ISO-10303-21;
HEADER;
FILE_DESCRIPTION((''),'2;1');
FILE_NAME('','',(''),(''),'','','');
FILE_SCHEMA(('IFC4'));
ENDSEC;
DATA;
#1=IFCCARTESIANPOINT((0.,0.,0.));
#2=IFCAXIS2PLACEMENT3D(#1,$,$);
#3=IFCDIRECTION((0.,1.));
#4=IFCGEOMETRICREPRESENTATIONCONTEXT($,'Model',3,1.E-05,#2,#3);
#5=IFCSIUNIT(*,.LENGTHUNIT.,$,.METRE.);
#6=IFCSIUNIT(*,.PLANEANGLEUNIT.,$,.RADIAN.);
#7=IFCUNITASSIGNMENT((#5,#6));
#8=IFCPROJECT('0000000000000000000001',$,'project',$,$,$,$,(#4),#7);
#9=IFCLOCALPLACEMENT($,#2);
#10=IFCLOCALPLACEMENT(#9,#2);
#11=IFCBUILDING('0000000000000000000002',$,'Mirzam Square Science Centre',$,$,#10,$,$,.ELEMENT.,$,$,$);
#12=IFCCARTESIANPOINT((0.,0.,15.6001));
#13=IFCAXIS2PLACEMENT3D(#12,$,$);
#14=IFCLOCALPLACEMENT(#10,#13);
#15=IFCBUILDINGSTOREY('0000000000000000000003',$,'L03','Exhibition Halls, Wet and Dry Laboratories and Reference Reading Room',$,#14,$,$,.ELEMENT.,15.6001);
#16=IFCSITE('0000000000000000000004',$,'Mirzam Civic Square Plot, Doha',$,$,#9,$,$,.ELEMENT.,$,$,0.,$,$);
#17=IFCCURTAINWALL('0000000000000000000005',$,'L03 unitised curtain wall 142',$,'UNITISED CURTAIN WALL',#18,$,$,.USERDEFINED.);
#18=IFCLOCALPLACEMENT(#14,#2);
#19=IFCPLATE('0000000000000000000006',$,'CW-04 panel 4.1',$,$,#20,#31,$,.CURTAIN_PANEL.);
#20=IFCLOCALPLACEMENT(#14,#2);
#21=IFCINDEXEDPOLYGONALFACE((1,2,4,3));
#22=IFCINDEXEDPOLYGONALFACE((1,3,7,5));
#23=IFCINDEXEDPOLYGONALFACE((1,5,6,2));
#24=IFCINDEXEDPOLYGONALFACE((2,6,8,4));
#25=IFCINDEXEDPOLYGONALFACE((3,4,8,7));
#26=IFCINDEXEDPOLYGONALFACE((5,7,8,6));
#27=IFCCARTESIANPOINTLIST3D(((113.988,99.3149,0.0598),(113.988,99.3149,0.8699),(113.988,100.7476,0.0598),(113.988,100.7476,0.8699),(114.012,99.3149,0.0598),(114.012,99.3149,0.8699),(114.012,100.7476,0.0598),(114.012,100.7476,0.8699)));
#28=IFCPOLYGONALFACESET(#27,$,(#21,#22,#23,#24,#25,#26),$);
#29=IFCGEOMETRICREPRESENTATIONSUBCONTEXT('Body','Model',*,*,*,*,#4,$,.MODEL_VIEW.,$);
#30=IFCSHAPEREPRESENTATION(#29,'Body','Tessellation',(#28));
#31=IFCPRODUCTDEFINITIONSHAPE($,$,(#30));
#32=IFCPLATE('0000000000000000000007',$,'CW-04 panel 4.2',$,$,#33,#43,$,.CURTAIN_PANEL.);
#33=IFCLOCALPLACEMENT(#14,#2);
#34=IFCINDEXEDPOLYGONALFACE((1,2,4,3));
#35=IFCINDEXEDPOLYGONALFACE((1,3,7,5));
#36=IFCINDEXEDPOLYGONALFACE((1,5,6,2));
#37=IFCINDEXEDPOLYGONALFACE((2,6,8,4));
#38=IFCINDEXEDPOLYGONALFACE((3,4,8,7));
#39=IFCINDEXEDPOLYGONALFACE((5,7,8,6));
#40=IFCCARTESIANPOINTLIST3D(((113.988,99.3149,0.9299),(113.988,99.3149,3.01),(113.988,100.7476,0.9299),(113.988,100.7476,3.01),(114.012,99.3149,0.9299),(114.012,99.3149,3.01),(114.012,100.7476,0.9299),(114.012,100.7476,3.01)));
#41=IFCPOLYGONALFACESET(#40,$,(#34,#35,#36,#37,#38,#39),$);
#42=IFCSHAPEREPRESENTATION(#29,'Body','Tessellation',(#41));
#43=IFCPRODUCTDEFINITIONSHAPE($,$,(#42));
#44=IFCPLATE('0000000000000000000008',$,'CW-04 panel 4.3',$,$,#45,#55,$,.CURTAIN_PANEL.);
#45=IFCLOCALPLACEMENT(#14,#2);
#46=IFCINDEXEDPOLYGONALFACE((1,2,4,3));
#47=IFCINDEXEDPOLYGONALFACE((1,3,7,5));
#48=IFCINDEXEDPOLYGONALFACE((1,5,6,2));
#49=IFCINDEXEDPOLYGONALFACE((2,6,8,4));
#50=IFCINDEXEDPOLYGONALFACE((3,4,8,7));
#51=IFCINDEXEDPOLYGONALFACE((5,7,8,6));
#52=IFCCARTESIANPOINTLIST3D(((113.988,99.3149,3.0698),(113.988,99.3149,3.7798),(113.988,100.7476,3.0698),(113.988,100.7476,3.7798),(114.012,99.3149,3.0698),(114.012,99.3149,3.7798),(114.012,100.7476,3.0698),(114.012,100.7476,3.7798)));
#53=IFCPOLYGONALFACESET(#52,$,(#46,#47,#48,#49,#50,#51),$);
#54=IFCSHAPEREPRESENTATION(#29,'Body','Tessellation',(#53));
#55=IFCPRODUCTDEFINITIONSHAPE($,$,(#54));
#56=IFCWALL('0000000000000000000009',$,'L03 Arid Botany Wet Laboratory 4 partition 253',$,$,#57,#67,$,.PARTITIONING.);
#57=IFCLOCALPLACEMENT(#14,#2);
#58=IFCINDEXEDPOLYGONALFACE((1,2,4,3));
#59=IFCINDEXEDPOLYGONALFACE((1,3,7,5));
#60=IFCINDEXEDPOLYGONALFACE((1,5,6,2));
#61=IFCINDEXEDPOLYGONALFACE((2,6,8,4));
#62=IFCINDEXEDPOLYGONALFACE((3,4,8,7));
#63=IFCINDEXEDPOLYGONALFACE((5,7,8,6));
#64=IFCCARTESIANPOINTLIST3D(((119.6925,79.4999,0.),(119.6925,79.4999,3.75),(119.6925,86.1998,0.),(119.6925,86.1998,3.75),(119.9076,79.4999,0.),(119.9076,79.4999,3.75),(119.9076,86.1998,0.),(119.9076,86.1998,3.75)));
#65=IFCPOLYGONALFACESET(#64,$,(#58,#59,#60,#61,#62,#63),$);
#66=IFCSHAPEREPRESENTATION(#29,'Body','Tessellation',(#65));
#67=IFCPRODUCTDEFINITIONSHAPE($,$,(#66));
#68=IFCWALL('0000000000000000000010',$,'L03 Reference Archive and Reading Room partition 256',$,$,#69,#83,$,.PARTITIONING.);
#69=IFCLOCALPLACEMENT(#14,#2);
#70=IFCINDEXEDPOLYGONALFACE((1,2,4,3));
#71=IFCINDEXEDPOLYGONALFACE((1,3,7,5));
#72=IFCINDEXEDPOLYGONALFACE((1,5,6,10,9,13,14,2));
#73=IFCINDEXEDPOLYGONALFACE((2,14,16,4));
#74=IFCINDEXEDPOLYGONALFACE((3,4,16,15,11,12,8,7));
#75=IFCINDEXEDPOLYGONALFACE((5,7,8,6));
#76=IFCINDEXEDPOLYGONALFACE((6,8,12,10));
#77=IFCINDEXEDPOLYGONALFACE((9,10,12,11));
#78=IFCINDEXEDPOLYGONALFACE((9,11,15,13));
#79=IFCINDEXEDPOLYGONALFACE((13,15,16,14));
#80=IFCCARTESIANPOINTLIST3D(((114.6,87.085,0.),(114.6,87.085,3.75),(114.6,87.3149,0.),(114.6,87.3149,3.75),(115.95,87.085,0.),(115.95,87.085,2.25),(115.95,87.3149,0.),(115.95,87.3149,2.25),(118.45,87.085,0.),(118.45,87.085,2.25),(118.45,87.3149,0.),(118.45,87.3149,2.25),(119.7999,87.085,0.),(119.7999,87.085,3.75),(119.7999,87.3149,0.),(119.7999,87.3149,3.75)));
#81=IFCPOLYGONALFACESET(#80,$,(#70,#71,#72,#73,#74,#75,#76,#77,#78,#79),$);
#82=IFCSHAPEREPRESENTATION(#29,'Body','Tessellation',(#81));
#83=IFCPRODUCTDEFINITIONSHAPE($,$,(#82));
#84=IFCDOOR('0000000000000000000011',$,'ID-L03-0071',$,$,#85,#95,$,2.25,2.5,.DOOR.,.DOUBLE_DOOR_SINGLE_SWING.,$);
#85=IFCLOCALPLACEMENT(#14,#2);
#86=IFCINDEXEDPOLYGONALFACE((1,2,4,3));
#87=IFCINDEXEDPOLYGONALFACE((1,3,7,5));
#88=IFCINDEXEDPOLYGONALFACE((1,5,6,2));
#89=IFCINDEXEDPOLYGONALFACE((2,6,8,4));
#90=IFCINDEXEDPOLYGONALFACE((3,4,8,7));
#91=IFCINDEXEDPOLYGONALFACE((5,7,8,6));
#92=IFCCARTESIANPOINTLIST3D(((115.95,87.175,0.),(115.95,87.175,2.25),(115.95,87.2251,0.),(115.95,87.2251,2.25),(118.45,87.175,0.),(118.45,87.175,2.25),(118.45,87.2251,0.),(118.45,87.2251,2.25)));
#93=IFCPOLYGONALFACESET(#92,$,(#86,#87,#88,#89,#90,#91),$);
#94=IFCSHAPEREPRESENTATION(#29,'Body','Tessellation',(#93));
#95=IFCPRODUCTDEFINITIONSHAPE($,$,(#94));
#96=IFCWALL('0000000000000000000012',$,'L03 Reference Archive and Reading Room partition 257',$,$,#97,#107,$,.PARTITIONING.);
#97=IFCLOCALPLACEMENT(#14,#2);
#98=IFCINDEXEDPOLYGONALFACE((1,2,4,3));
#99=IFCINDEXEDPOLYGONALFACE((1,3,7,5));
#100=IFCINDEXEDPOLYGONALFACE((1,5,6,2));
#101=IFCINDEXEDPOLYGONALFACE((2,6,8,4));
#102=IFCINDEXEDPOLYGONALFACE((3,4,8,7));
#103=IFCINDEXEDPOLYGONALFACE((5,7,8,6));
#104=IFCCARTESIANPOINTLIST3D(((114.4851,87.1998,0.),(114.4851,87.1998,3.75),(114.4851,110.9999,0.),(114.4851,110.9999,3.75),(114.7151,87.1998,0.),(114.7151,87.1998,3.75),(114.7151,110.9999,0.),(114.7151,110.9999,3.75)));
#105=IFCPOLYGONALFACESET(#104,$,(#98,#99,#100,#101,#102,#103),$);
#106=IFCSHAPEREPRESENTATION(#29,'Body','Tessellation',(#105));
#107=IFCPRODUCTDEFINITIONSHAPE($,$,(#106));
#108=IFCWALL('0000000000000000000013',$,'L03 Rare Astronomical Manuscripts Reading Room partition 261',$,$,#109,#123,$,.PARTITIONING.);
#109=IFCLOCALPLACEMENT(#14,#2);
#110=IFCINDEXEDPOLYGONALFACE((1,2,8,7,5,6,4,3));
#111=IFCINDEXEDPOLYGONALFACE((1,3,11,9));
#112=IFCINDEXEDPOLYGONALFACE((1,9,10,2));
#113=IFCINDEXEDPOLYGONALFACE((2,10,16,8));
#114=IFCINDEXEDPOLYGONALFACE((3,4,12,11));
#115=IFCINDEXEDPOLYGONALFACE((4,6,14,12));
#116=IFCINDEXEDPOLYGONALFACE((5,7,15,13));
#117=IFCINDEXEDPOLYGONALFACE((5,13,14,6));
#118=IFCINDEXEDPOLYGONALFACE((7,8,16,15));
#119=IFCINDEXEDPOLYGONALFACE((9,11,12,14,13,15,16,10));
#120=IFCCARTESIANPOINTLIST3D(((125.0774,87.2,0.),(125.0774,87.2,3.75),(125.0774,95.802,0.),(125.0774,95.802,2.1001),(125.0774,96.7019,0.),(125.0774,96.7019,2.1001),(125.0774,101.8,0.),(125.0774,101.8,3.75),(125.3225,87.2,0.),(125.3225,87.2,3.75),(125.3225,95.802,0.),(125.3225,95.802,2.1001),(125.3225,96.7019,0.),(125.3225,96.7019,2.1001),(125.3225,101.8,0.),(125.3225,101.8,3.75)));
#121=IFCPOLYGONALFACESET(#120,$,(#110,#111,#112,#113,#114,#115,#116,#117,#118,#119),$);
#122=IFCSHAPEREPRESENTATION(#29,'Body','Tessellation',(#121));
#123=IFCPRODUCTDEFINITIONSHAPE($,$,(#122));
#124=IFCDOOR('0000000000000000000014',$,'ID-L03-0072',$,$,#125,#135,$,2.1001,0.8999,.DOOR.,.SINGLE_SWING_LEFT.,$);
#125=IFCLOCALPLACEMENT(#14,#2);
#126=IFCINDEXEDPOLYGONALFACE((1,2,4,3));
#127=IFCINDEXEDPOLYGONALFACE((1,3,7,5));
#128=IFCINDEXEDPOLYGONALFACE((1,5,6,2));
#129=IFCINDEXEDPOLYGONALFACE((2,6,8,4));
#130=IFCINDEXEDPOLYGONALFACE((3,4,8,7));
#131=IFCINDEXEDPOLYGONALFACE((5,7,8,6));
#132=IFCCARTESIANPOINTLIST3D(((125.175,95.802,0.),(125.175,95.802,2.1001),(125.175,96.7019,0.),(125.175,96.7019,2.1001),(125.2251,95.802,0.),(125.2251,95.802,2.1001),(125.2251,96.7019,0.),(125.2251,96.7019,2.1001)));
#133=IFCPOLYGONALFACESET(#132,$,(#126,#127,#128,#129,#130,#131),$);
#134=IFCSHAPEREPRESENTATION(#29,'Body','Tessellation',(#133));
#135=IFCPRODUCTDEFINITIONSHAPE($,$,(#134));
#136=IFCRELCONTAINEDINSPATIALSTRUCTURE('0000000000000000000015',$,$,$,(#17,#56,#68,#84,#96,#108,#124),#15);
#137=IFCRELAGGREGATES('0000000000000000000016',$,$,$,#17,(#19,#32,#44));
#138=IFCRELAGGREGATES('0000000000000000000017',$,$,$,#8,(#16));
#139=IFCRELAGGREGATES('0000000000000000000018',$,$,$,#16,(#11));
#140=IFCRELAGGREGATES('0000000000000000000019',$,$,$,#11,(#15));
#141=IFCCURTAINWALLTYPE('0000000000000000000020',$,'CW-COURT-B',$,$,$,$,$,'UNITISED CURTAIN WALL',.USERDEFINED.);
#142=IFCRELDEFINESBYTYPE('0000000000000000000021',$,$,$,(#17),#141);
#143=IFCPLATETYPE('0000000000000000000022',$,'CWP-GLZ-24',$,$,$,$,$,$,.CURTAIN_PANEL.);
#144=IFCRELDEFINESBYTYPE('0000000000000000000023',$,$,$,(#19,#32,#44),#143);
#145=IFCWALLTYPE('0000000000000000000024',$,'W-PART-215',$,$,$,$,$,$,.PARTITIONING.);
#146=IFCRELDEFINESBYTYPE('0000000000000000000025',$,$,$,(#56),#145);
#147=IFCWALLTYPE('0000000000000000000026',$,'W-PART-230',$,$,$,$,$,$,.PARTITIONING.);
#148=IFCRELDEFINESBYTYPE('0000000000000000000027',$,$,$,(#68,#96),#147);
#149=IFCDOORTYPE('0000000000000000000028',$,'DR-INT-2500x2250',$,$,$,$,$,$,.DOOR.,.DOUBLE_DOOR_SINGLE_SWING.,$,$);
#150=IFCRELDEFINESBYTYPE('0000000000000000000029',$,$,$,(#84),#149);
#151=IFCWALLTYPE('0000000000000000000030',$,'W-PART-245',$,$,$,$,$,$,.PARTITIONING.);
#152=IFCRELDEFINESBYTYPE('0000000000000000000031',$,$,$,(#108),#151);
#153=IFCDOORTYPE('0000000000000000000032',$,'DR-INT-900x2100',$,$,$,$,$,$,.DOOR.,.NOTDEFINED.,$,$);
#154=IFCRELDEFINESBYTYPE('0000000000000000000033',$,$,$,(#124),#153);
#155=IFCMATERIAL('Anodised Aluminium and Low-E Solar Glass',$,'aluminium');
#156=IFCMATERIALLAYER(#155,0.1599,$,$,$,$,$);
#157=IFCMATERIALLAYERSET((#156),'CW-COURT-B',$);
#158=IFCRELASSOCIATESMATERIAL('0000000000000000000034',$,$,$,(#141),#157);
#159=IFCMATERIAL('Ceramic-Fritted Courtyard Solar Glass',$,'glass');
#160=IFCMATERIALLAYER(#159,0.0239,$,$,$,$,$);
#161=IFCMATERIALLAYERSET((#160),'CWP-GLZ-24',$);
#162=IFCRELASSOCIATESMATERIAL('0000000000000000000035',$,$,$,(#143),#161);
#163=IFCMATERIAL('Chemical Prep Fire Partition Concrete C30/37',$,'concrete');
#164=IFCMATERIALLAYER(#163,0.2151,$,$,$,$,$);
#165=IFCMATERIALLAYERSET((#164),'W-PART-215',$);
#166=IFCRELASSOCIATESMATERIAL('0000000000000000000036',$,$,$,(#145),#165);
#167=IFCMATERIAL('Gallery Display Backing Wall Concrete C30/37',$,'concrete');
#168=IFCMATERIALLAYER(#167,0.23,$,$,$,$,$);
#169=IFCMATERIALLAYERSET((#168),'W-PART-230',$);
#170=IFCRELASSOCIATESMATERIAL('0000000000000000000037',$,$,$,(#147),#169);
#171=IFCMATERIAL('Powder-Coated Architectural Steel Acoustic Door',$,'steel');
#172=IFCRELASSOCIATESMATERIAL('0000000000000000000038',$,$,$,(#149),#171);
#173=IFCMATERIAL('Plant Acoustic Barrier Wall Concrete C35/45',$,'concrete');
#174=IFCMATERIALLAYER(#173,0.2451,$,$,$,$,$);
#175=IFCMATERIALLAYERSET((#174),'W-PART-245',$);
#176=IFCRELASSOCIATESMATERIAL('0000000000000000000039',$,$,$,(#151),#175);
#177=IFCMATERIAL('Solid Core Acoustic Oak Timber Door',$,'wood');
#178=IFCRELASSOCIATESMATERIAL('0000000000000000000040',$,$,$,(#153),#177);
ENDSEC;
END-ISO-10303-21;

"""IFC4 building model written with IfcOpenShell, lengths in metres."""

from ifc_helpers import new_model, si_unit, direction, frame, frame_2d, origin, origin_2d, place, context, subcontext, project, spatial, rectangle, extrude, material, layer, layer_set, type_object, element, fill, aggregate, save


model = new_model("IFC4")

# Units and contexts
model_context = context("Model", 3, precision=1e-05, world=origin(), true_north=direction((0.0, 1.0)))
body_context = subcontext(model_context, "Body", "Model", "MODEL_VIEW")
ifc_project = project(units=[si_unit("LENGTHUNIT", "METRE"), si_unit("PLANEANGLEUNIT", "RADIAN")], contexts=[model_context])

# Site, building, storey
site_placement = place(None, origin())
site = spatial("IfcSite", under=ifc_project, at=site_placement, Name="Mirzam Civic Square Plot, Doha", CompositionType="ELEMENT", RefElevation=0.0)
building_placement = place(site_placement, origin())
building = spatial("IfcBuilding", under=site, at=building_placement, Name="Mirzam Square Science Centre", CompositionType="ELEMENT")
storey_placement = place(building_placement, frame((0.0, 0.0, 15.6001)))
storey = spatial("IfcBuildingStorey", under=building, at=storey_placement, Name="L03", Description="Exhibition Halls, Wet and Dry Laboratories and Reference Reading Room", CompositionType="ELEMENT", Elevation=15.6001)

# Curtain wall, plates
ifc_material_1 = material(Name="Anodised Aluminium and Low-E Solar Glass", Category="aluminium")
ifc_layer_1 = layer(ifc_material_1, 0.1599)
ifc_layer_set_1 = layer_set([ifc_layer_1], Name="CW-COURT-B")
curtain_wall_type = type_object("IfcCurtainWallType", Name="CW-COURT-B", ElementType="UNITISED CURTAIN WALL", PredefinedType="USERDEFINED", material=ifc_layer_set_1)
curtain_wall_placement = place(storey_placement, origin())
curtain_wall = element("IfcCurtainWall", 1, at=curtain_wall_placement, inside=storey, type_object=curtain_wall_type, Name="L03 unitised curtain wall 142", ObjectType="UNITISED CURTAIN WALL", PredefinedType="USERDEFINED")
ifc_material_2 = material(Name="Ceramic-Fritted Courtyard Solar Glass", Category="glass")
ifc_layer_2 = layer(ifc_material_2, 0.0239)
ifc_layer_set_2 = layer_set([ifc_layer_2], Name="CWP-GLZ-24")
plate_type = type_object("IfcPlateType", Name="CWP-GLZ-24", PredefinedType="CURTAIN_PANEL", material=ifc_layer_set_2)
plate_1_placement = place(storey_placement, frame((114.0, 100.0312, 0.0598), z_axis=(0.0, 0.0, 1.0), x_axis=(0.0, -1.0, 0.0)))
plate_1 = element("IfcPlate", 2, at=plate_1_placement, type_object=plate_type, Name="CW-04 panel 4.1", PredefinedType="CURTAIN_PANEL", context=body_context, shape_type="SweptSolid", body=[
    extrude(rectangle(XDim=1.4326, YDim=0.0239, at=origin_2d()), origin(), (0.0, 0.0, 1.0), 0.8101),
])
plate_2_placement = place(storey_placement, frame((114.0, 100.0312, 0.9299), z_axis=(0.0, 0.0, 1.0), x_axis=(0.0, -1.0, 0.0)))
plate_2 = element("IfcPlate", 3, at=plate_2_placement, type_object=plate_type, Name="CW-04 panel 4.2", PredefinedType="CURTAIN_PANEL", context=body_context, shape_type="SweptSolid", body=[
    extrude(rectangle(XDim=1.4326, YDim=0.0239, at=origin_2d()), origin(), (0.0, 0.0, 1.0), 2.0801),
])
plate_3_placement = place(storey_placement, frame((114.0, 100.0312, 3.0698), z_axis=(0.0, 0.0, 1.0), x_axis=(0.0, -1.0, 0.0)))
plate_3 = element("IfcPlate", 4, at=plate_3_placement, type_object=plate_type, Name="CW-04 panel 4.3", PredefinedType="CURTAIN_PANEL", context=body_context, shape_type="SweptSolid", body=[
    extrude(rectangle(XDim=1.4326, YDim=0.0239, at=origin_2d()), origin(), (0.0, 0.0, 1.0), 0.71),
])
aggregate(curtain_wall, [plate_1, plate_2, plate_3])

# Wall
ifc_material_3 = material(Name="Chemical Prep Fire Partition Concrete C30/37", Category="concrete")
ifc_layer_3 = layer(ifc_material_3, 0.2151)
ifc_layer_set_3 = layer_set([ifc_layer_3], Name="W-PART-215")
wall_type_1 = type_object("IfcWallType", Name="W-PART-215", PredefinedType="PARTITIONING", material=ifc_layer_set_3)
wall_1_placement = place(storey_placement, frame((119.8, 86.2, 0.0), z_axis=(0.0, 0.0, 1.0), x_axis=(0.0, -1.0, 0.0)))
element("IfcWall", 5, at=wall_1_placement, inside=storey, type_object=wall_type_1, Name="L03 Arid Botany Wet Laboratory 4 partition 253", PredefinedType="PARTITIONING", context=body_context, shape_type="SweptSolid", body=[
    extrude(rectangle(XDim=6.7, YDim=0.2151, at=frame_2d((3.3501, 0.0))), origin(), (0.0, 0.0, 1.0), 3.75),
])

# Wall, opening, door
ifc_material_4 = material(Name="Gallery Display Backing Wall Concrete C30/37", Category="concrete")
ifc_layer_4 = layer(ifc_material_4, 0.23)
ifc_layer_set_4 = layer_set([ifc_layer_4], Name="W-PART-230")
wall_type_2 = type_object("IfcWallType", Name="W-PART-230", PredefinedType="PARTITIONING", material=ifc_layer_set_4)
wall_2_placement = place(storey_placement, frame((119.8, 87.2, 0.0), z_axis=(0.0, 0.0, 1.0), x_axis=(-1.0, 0.0, 0.0)))
wall_2 = element("IfcWall", 6, at=wall_2_placement, inside=storey, type_object=wall_type_2, Name="L03 Reference Archive and Reading Room partition 256", PredefinedType="PARTITIONING", context=body_context, shape_type="SweptSolid", body=[
    extrude(rectangle(XDim=5.2, YDim=0.23, at=frame_2d((2.6001, 0.0))), origin(), (0.0, 0.0, 1.0), 3.75),
])
opening_1_placement = place(wall_2_placement, frame((1.3501, 0.0, 0.0)))
opening_1 = element("IfcOpeningElement", 7, at=opening_1_placement, cuts=wall_2, PredefinedType="OPENING", context=body_context, shape_type="SweptSolid", body=[
    extrude(rectangle(XDim=2.5, YDim=2.25, at=frame_2d((1.25, 1.125))), frame((0.0, 0.125, 0.0), z_axis=(0.0, -1.0, 0.0), x_axis=(1.0, 0.0, 0.0)), (0.0, 0.0, 1.0), 0.25),
])
ifc_material_5 = material(Name="Powder-Coated Architectural Steel Acoustic Door", Category="steel")
door_type_1 = type_object("IfcDoorType", Name="DR-INT-2500x2250", OperationType="DOUBLE_DOOR_SINGLE_SWING", PredefinedType="DOOR", material=ifc_material_5)
door_1_placement = place(opening_1_placement, origin())
door_1 = element("IfcDoor", 8, at=door_1_placement, inside=storey, type_object=door_type_1, Name="ID-L03-0071", OperationType="DOUBLE_DOOR_SINGLE_SWING", OverallHeight=2.25, OverallWidth=2.5, PredefinedType="DOOR", context=body_context, shape_type="SweptSolid", body=[
    extrude(rectangle(XDim=2.5, YDim=2.25, at=frame_2d((1.25, 1.125))), frame((0.0, 0.0249, 0.0), z_axis=(0.0, -1.0, 0.0), x_axis=(1.0, 0.0, 0.0)), (0.0, 0.0, 1.0), 0.05),
])
fill(opening_1, door_1)

# Wall
wall_3_placement = place(storey_placement, frame((114.6001, 87.2, 0.0), z_axis=(0.0, 0.0, 1.0), x_axis=(0.0, 1.0, 0.0)))
element("IfcWall", 9, at=wall_3_placement, inside=storey, type_object=wall_type_2, Name="L03 Reference Archive and Reading Room partition 257", PredefinedType="PARTITIONING", context=body_context, shape_type="SweptSolid", body=[
    extrude(rectangle(XDim=23.8, YDim=0.23, at=frame_2d((11.8999, 0.0))), origin(), (0.0, 0.0, 1.0), 3.75),
])

# Wall, opening, door
ifc_material_6 = material(Name="Plant Acoustic Barrier Wall Concrete C35/45", Category="concrete")
ifc_layer_5 = layer(ifc_material_6, 0.2451)
ifc_layer_set_5 = layer_set([ifc_layer_5], Name="W-PART-245")
wall_type_3 = type_object("IfcWallType", Name="W-PART-245", PredefinedType="PARTITIONING", material=ifc_layer_set_5)
wall_4_placement = place(storey_placement, frame((125.2, 87.2, 0.0), z_axis=(0.0, 0.0, 1.0), x_axis=(0.0, 1.0, 0.0)))
wall_4 = element("IfcWall", 10, at=wall_4_placement, inside=storey, type_object=wall_type_3, Name="L03 Rare Astronomical Manuscripts Reading Room partition 261", PredefinedType="PARTITIONING", context=body_context, shape_type="SweptSolid", body=[
    extrude(rectangle(XDim=14.6001, YDim=0.2451, at=frame_2d((7.3, 0.0))), origin(), (0.0, 0.0, 1.0), 3.75),
])
opening_2_placement = place(wall_4_placement, frame((8.6021, 0.0, 0.0)))
opening_2 = element("IfcOpeningElement", 11, at=opening_2_placement, cuts=wall_4, PredefinedType="OPENING", context=body_context, shape_type="SweptSolid", body=[
    extrude(rectangle(XDim=0.8999, YDim=2.1001, at=frame_2d((0.45, 1.05))), frame((0.0, 0.1326, 0.0), z_axis=(0.0, -1.0, 0.0), x_axis=(1.0, 0.0, 0.0)), (0.0, 0.0, 1.0), 0.2651),
])
ifc_material_7 = material(Name="Solid Core Acoustic Oak Timber Door", Category="wood")
door_type_2 = type_object("IfcDoorType", Name="DR-INT-900x2100", OperationType="NOTDEFINED", PredefinedType="DOOR", material=ifc_material_7)
door_2_placement = place(opening_2_placement, origin())
door_2 = element("IfcDoor", 12, at=door_2_placement, inside=storey, type_object=door_type_2, Name="ID-L03-0072", OperationType="SINGLE_SWING_LEFT", OverallHeight=2.1001, OverallWidth=0.8999, PredefinedType="DOOR", context=body_context, shape_type="SweptSolid", body=[
    extrude(rectangle(XDim=0.8999, YDim=2.1001, at=frame_2d((0.45, 1.05))), frame((0.0, 0.0249, 0.0), z_axis=(0.0, -1.0, 0.0), x_axis=(1.0, 0.0, 0.0)), (0.0, 0.0, 1.0), 0.05),
])
fill(opening_2, door_2)

save(model, "model.ifc")
